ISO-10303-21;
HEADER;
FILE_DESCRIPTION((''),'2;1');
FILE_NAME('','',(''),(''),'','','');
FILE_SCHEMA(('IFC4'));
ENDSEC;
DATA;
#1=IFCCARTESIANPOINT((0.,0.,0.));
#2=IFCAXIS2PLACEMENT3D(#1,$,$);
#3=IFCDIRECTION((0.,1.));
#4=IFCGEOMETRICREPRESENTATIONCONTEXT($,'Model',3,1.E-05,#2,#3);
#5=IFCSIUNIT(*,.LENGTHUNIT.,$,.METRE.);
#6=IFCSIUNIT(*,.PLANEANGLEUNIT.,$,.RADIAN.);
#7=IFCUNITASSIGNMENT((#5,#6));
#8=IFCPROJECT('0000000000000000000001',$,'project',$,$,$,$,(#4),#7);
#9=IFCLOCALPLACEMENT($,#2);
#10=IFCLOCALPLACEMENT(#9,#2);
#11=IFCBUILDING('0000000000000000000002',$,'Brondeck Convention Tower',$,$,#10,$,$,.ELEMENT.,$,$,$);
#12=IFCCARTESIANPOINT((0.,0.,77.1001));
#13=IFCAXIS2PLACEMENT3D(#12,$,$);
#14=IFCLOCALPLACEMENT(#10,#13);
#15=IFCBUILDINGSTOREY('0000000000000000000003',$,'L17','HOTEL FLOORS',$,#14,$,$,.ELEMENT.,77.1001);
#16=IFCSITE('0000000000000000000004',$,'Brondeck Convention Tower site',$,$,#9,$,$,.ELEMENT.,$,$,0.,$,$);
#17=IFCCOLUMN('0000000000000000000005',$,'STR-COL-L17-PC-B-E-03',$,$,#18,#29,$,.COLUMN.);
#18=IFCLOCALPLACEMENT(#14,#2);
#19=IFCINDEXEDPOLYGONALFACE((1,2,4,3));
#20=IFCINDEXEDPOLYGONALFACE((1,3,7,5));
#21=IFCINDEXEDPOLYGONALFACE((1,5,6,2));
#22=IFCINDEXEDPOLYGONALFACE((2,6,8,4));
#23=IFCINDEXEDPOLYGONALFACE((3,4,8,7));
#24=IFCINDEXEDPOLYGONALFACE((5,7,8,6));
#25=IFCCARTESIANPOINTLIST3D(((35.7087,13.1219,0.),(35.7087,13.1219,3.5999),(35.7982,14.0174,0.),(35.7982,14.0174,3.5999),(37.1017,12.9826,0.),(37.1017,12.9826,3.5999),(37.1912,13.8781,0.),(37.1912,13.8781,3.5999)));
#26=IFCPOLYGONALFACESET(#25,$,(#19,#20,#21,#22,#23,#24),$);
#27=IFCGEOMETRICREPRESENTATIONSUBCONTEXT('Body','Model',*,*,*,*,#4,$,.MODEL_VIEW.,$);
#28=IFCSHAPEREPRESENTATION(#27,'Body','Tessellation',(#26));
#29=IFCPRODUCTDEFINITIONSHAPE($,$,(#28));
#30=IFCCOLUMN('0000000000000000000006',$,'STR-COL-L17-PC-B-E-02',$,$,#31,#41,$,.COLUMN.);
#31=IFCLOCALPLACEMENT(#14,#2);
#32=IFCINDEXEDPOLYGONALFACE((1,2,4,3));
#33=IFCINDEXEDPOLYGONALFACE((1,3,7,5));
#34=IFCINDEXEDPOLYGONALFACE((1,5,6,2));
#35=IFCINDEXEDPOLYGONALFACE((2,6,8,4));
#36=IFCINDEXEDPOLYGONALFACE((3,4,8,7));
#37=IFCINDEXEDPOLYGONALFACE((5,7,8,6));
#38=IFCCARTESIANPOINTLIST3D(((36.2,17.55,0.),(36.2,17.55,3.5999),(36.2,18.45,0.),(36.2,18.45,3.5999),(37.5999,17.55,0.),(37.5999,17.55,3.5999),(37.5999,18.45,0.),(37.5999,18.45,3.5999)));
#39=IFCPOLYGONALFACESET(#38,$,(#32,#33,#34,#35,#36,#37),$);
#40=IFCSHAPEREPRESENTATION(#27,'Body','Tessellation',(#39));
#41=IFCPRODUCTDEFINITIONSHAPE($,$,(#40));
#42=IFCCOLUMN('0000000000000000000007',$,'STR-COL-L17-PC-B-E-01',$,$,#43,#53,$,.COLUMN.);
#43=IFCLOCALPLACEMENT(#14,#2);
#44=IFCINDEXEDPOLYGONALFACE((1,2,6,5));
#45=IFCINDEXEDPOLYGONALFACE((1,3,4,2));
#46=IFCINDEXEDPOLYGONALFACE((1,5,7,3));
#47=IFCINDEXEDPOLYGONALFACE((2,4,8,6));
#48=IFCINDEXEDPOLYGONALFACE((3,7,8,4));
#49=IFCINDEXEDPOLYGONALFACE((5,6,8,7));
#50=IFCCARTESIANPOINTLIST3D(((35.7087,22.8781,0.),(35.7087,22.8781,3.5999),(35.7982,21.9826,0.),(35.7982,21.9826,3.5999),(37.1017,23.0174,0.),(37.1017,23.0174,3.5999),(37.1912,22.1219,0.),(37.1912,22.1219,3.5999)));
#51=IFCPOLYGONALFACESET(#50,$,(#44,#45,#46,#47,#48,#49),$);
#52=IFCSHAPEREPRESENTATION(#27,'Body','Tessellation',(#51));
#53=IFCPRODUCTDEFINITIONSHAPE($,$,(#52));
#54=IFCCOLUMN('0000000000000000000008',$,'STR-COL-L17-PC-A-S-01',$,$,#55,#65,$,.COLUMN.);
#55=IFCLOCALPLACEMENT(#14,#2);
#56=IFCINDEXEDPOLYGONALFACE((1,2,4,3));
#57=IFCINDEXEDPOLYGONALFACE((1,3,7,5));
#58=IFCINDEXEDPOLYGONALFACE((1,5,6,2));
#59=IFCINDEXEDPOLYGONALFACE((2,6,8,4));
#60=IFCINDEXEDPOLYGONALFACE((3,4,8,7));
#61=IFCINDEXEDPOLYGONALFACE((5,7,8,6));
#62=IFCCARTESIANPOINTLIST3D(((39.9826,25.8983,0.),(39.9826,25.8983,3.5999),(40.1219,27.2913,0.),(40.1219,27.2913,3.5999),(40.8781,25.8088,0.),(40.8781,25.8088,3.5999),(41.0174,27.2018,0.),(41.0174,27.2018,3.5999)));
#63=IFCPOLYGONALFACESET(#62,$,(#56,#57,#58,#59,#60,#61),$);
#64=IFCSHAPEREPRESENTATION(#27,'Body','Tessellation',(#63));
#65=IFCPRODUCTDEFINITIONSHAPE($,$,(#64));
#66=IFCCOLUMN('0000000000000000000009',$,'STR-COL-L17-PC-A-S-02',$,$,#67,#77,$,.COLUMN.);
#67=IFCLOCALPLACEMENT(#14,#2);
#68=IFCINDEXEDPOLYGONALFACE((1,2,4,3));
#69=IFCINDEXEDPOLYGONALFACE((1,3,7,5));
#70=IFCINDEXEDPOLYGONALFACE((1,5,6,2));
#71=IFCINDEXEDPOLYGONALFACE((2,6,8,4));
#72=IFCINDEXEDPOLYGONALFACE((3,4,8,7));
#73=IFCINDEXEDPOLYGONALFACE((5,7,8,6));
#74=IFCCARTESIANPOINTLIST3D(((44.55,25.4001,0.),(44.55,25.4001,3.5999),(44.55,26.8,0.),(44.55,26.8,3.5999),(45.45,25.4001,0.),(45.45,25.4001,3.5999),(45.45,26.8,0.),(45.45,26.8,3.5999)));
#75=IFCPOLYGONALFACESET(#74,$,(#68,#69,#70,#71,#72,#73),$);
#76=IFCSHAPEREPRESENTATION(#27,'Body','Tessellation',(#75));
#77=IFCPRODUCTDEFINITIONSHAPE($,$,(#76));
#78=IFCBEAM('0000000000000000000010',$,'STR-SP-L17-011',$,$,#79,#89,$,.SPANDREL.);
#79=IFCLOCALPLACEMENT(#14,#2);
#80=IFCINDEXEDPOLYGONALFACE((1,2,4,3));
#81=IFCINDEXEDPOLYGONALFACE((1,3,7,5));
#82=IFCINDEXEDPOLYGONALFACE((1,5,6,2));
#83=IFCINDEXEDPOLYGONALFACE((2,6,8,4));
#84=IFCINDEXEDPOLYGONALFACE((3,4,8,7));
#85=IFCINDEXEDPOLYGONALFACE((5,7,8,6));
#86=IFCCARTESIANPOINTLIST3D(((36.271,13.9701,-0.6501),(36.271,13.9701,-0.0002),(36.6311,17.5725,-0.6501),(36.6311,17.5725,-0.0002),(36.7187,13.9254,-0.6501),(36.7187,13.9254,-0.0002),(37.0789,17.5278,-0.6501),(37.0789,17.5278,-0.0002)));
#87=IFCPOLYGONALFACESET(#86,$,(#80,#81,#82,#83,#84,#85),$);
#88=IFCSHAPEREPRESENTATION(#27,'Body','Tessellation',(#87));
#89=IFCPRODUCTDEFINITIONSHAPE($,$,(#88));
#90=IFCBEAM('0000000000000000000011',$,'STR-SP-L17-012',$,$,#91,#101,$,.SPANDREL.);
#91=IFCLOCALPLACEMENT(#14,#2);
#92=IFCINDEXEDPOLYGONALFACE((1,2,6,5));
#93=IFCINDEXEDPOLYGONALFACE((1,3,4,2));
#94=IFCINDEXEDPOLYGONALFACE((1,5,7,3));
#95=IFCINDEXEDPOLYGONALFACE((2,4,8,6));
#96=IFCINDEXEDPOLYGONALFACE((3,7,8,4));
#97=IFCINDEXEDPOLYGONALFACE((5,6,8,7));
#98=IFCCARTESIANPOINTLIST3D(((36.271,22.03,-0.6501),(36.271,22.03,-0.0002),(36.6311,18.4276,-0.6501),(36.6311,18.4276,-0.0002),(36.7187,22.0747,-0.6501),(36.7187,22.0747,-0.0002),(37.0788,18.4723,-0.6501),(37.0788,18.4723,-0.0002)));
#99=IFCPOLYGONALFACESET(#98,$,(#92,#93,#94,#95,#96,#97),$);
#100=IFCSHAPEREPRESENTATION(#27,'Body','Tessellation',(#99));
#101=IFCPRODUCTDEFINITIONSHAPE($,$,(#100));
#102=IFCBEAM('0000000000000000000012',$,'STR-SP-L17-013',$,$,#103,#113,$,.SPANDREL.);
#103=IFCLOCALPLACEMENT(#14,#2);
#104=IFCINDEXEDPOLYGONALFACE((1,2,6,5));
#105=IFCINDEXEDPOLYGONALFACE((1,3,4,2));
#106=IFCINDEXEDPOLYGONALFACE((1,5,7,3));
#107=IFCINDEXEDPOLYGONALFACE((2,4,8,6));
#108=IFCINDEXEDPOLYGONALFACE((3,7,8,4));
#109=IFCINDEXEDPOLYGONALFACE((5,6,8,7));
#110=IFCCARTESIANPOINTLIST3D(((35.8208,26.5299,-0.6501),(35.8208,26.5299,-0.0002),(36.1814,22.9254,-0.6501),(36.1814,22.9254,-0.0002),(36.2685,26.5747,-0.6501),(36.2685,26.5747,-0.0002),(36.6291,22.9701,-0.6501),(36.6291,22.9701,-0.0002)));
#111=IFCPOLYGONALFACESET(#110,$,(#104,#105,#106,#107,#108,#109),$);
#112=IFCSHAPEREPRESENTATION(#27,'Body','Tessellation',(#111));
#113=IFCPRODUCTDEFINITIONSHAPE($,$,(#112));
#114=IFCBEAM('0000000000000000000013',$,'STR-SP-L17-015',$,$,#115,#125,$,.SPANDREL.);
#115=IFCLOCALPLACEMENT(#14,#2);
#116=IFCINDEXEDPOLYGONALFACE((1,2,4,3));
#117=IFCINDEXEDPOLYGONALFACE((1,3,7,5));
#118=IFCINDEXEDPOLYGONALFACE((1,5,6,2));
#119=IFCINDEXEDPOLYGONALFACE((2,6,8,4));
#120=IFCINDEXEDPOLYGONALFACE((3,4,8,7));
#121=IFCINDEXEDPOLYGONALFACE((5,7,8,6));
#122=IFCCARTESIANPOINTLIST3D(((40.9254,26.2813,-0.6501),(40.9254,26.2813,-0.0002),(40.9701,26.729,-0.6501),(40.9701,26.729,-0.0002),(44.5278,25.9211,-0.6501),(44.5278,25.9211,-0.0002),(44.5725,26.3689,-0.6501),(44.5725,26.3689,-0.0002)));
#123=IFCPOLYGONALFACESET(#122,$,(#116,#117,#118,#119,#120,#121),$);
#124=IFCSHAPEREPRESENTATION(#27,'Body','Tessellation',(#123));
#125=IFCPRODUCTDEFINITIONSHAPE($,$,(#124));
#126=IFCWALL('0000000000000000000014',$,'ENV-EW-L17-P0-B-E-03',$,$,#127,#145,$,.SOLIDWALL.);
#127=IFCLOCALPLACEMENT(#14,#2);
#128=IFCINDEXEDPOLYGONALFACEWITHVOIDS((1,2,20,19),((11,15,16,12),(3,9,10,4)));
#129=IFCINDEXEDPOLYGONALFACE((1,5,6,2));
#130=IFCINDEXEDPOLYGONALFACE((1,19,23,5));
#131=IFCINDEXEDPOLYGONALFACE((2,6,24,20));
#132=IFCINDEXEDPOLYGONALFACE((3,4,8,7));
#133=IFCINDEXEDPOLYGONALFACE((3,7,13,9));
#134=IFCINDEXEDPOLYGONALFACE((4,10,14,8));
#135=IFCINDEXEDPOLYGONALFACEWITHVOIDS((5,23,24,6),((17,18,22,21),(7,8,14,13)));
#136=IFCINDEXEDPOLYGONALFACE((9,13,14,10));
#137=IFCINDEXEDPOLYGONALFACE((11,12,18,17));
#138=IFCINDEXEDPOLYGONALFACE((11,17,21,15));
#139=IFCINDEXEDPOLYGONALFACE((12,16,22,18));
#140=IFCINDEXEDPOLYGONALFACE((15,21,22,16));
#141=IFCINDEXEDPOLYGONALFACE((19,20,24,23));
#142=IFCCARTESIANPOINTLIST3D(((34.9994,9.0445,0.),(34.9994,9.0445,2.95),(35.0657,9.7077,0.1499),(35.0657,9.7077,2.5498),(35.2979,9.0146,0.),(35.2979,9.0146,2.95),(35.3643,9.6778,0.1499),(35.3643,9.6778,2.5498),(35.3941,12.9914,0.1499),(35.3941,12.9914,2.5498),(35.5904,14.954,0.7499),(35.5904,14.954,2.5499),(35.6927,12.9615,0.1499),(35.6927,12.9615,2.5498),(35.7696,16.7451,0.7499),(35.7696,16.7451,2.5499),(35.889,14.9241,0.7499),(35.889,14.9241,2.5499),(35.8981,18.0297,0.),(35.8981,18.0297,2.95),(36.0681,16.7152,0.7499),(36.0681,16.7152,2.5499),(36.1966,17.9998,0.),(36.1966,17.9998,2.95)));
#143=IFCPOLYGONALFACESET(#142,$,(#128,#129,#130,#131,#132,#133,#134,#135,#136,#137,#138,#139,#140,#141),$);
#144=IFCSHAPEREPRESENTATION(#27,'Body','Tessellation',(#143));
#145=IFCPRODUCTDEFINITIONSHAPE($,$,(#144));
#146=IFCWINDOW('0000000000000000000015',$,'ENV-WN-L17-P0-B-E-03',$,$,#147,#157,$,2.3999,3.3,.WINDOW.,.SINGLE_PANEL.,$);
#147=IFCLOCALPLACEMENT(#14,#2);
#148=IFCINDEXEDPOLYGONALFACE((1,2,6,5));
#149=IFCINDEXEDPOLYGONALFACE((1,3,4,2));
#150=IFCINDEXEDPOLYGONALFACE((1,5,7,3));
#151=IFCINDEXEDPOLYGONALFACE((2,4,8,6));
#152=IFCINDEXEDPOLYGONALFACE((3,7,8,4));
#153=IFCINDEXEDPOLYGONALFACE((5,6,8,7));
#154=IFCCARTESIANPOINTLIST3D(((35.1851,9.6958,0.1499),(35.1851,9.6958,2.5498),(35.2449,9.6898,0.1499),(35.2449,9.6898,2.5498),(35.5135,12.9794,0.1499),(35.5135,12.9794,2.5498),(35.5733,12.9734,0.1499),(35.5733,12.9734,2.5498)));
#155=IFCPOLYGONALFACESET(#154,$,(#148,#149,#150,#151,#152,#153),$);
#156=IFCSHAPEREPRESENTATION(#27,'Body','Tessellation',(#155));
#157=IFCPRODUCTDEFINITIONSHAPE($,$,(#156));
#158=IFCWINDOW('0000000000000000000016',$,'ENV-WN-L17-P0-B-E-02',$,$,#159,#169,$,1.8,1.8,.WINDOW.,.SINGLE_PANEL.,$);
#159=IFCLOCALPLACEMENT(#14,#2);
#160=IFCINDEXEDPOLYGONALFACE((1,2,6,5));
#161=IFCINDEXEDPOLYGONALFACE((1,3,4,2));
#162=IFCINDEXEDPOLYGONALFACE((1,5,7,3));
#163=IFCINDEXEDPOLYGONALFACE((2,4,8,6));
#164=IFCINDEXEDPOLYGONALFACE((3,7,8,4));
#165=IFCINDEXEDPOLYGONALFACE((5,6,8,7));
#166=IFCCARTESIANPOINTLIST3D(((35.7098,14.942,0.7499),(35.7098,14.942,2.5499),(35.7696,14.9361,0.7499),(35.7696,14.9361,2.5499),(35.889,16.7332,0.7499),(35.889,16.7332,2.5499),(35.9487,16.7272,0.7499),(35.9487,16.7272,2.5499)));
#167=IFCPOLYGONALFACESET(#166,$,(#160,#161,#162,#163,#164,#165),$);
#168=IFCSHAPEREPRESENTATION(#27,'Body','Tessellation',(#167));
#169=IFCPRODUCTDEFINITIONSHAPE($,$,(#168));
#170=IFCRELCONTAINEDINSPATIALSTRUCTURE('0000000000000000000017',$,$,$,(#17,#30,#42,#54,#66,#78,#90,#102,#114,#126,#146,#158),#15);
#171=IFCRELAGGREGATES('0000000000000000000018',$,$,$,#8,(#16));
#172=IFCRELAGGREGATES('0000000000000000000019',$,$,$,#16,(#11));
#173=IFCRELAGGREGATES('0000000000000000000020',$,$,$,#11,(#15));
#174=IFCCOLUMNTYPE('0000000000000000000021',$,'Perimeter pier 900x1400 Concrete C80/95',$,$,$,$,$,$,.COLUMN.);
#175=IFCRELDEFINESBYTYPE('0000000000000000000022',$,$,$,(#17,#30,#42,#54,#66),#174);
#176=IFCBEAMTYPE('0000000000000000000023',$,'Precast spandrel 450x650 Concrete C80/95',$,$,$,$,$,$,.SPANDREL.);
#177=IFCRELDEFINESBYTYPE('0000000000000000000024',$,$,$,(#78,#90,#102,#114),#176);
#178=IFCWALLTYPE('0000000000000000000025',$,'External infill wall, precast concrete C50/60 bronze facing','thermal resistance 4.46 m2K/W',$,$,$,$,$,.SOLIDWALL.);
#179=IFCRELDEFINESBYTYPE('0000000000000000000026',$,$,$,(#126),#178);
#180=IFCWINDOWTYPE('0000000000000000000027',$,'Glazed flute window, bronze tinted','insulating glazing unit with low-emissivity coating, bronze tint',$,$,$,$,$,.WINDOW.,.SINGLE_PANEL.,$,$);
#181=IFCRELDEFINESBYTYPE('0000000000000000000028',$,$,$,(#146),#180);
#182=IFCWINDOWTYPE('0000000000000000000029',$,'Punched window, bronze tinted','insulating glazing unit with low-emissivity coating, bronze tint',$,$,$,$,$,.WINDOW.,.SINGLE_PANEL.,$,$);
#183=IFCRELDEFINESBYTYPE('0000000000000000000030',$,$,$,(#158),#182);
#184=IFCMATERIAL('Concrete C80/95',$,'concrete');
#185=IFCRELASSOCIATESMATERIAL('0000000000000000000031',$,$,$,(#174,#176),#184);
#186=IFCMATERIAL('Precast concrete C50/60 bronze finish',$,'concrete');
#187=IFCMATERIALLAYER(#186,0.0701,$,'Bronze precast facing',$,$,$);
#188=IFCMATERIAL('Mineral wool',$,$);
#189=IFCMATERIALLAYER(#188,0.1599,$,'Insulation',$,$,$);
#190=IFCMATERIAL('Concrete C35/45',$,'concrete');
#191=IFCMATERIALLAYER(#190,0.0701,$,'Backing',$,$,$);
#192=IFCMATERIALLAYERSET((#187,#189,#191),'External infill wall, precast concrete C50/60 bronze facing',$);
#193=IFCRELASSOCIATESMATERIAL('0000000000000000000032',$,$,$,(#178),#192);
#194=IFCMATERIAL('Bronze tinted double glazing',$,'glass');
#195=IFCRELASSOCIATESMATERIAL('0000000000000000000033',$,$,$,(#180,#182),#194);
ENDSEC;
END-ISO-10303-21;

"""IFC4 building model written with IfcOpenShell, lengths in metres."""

from ifc_helpers import new_model, si_unit, direction, frame, frame_2d, origin, origin_2d, place, context, subcontext, project, spatial, rectangle, extrude, material, layer, layer_set, material_profile, profile_set, type_object, element, fill, save


model = new_model("IFC4")

# Units and contexts
model_context = context("Model", 3, precision=1e-05, world=origin(), true_north=direction((0.0, 1.0)))
body_context = subcontext(model_context, "Body", "Model", "MODEL_VIEW")
ifc_project = project(units=[si_unit("LENGTHUNIT", "METRE"), si_unit("PLANEANGLEUNIT", "RADIAN")], contexts=[model_context])

# Site, building, storey
site_placement = place(None, origin())
site = spatial("IfcSite", under=ifc_project, at=site_placement, Name="Brondeck Convention Tower site", CompositionType="ELEMENT", RefElevation=0.0)
building_placement = place(site_placement, origin())
building = spatial("IfcBuilding", under=site, at=building_placement, Name="Brondeck Convention Tower", CompositionType="ELEMENT")
storey_placement = place(building_placement, frame((0.0, 0.0, 77.1001)))
storey = spatial("IfcBuildingStorey", under=building, at=storey_placement, Name="L17", Description="HOTEL FLOORS", CompositionType="ELEMENT", Elevation=77.1001)

# Columns
ifc_material_1 = material(Name="Concrete C80/95", Category="concrete")
ifc_material_profile_1 = material_profile(ifc_material_1, rectangle(XDim=0.8999, YDim=1.3999, at=origin_2d()), Name="Perimeter pier 900x1400 Concrete C80/95")
ifc_profile_set_1 = profile_set([ifc_material_profile_1], Name="Concrete C80/95")
column_type = type_object("IfcColumnType", Name="Perimeter pier 900x1400 Concrete C80/95", PredefinedType="COLUMN", material=ifc_profile_set_1)
for number, where, z_axis, x_axis, name in (
    (1, (36.45, 13.5, 0.0), (0.0, 0.0, 1.0), (0.099504, 0.995037, 0.0), "STR-COL-L17-PC-B-E-03"),
    (2, (36.8999, 18.0, 0.0), (0.0, 0.0, 1.0), (0.0, 1.0, 0.0), "STR-COL-L17-PC-B-E-02"),
    (3, (36.45, 22.5, 0.0), (0.0, 0.0, 1.0), (-0.099504, 0.995037, 0.0), "STR-COL-L17-PC-B-E-01"),
    (4, (40.5, 26.55, 0.0), (0.0, 0.0, 1.0), (0.995037, -0.099504, 0.0), "STR-COL-L17-PC-A-S-01"),
    (5, (45.0, 26.1001, 0.0), (0.0, 0.0, 1.0), (1.0, 0.0, 0.0), "STR-COL-L17-PC-A-S-02"),
):
    element("IfcColumn", number, at=place(storey_placement, frame(where, z_axis=z_axis, x_axis=x_axis)), inside=storey, type_object=column_type, Name=name, PredefinedType="COLUMN", context=body_context, shape_type="SweptSolid", body=[
        extrude(rectangle(XDim=0.8999, YDim=1.3999, at=origin_2d()), origin(), (0.0, 0.0, 1.0), 3.5999),
    ])

# Beams
ifc_material_profile_2 = material_profile(ifc_material_1, rectangle(XDim=0.45, YDim=0.6499, at=origin_2d()), Name="Precast spandrel 450x650 Concrete C80/95")
ifc_profile_set_2 = profile_set([ifc_material_profile_2], Name="Concrete C80/95")
beam_type = type_object("IfcBeamType", Name="Precast spandrel 450x650 Concrete C80/95", PredefinedType="SPANDREL", material=ifc_profile_set_2)
for number, where, z_axis, x_axis, name in (
    (6, (36.4949, 13.9478, -0.3252), (0.09947, 0.995041, 0.0), (-0.995041, 0.09947, 0.0), "STR-SP-L17-011"),
    (7, (36.855, 18.45, -0.3252), (-0.09947, 0.995041, 0.0), (-0.995041, -0.09947, 0.0), "STR-SP-L17-012"),
):
    element("IfcBeam", number, at=place(storey_placement, frame(where, z_axis=z_axis, x_axis=x_axis)), inside=storey, type_object=beam_type, Name=name, PredefinedType="SPANDREL", context=body_context, shape_type="SweptSolid", body=[
        extrude(rectangle(XDim=0.45, YDim=0.6499, at=origin_2d()), origin(), (0.0, 0.0, 1.0), 3.6204),
    ])
beam_1_placement = place(storey_placement, frame((36.4053, 22.9478, -0.3252), z_axis=(-0.099544, 0.995033, 0.0), x_axis=(-0.995033, -0.099544, 0.0)))
element("IfcBeam", 8, at=beam_1_placement, inside=storey, type_object=beam_type, Name="STR-SP-L17-013", PredefinedType="SPANDREL", context=body_context, shape_type="SweptSolid", body=[
    extrude(rectangle(XDim=0.45, YDim=0.6499, at=origin_2d()), origin(), (0.0, 0.0, 1.0), 3.6226),
])
beam_2_placement = place(storey_placement, frame((40.9478, 26.5051, -0.3252), z_axis=(0.995041, -0.09947, 0.0), x_axis=(0.09947, 0.995041, 0.0)))
element("IfcBeam", 9, at=beam_2_placement, inside=storey, type_object=beam_type, Name="STR-SP-L17-015", PredefinedType="SPANDREL", context=body_context, shape_type="SweptSolid", body=[
    extrude(rectangle(XDim=0.45, YDim=0.6499, at=origin_2d()), origin(), (0.0, 0.0, 1.0), 3.6204),
])

# Wall, openings, windows
ifc_material_2 = material(Name="Precast concrete C50/60 bronze finish", Category="concrete")
ifc_layer_1 = layer(ifc_material_2, 0.0701, Name="Bronze precast facing")
ifc_material_3 = material(Name="Mineral wool")
ifc_layer_2 = layer(ifc_material_3, 0.1599, Name="Insulation")
ifc_material_4 = material(Name="Concrete C35/45", Category="concrete")
ifc_layer_3 = layer(ifc_material_4, 0.0701, Name="Backing")
ifc_layer_set_1 = layer_set([ifc_layer_1, ifc_layer_2, ifc_layer_3], Name="External infill wall, precast concrete C50/60 bronze facing")
wall_type_1 = type_object("IfcWallType", Name="External infill wall, precast concrete C50/60 bronze facing", Description="thermal resistance 4.46 m2K/W", PredefinedType="SOLIDWALL", material=ifc_layer_set_1)
wall_1_placement = place(storey_placement, frame((36.0474, 18.0149, 0.0), z_axis=(0.0, 0.0, 1.0), x_axis=(-0.099522, -0.995035, 0.0)))
wall_1 = element("IfcWall", 10, at=wall_1_placement, inside=storey, type_object=wall_type_1, Name="ENV-EW-L17-P0-B-E-03", PredefinedType="SOLIDWALL", context=body_context, shape_type="SweptSolid", body=[
    extrude(rectangle(XDim=9.03, YDim=0.3, at=frame_2d((4.5151, 0.0))), origin(), (0.0, 0.0, 1.0), 2.95),
])
opening_1_placement = place(wall_1_placement, frame((1.2913, 0.0, 0.75)))
opening_1 = element("IfcOpeningElement", 11, at=opening_1_placement, cuts=wall_1, PredefinedType="OPENING", context=body_context, shape_type="SweptSolid", body=[
    extrude(rectangle(XDim=1.8, YDim=1.8, at=frame_2d((0.8999, 0.8999))), frame((0.0, 0.1599, 0.0), z_axis=(0.0, -1.0, 0.0), x_axis=(1.0, 0.0, 0.0)), (0.0, 0.0, 1.0), 0.3201),
])
opening_2_placement = place(wall_1_placement, frame((5.0637, 0.0, 0.1499)))
opening_2 = element("IfcOpeningElement", 12, at=opening_2_placement, cuts=wall_1, PredefinedType="OPENING", context=body_context, shape_type="SweptSolid", body=[
    extrude(rectangle(XDim=3.3, YDim=2.3999, at=frame_2d((1.6499, 1.2))), frame((0.0, 0.1599, 0.0), z_axis=(0.0, -1.0, 0.0), x_axis=(1.0, 0.0, 0.0)), (0.0, 0.0, 1.0), 0.3201),
])
ifc_material_5 = material(Name="Bronze tinted double glazing", Category="glass")
window_type_1 = type_object("IfcWindowType", Name="Glazed flute window, bronze tinted", Description="insulating glazing unit with low-emissivity coating, bronze tint", PartitioningType="SINGLE_PANEL", PredefinedType="WINDOW", material=ifc_material_5)
window_1_placement = place(opening_2_placement, origin())
window_1 = element("IfcWindow", 13, at=window_1_placement, inside=storey, type_object=window_type_1, Name="ENV-WN-L17-P0-B-E-03", OverallHeight=2.3999, OverallWidth=3.3, PartitioningType="SINGLE_PANEL", PredefinedType="WINDOW", context=body_context, shape_type="SweptSolid", body=[
    extrude(rectangle(XDim=3.3, YDim=2.3999, at=frame_2d((1.6499, 1.2))), frame((0.0, 0.03, 0.0), z_axis=(0.0, -1.0, 0.0), x_axis=(1.0, 0.0, 0.0)), (0.0, 0.0, 1.0), 0.0601),
])
fill(opening_2, window_1)
window_type_2 = type_object("IfcWindowType", Name="Punched window, bronze tinted", Description="insulating glazing unit with low-emissivity coating, bronze tint", PartitioningType="SINGLE_PANEL", PredefinedType="WINDOW", material=ifc_material_5)
window_2_placement = place(opening_1_placement, origin())
window_2 = element("IfcWindow", 14, at=window_2_placement, inside=storey, type_object=window_type_2, Name="ENV-WN-L17-P0-B-E-02", OverallHeight=1.8, OverallWidth=1.8, PartitioningType="SINGLE_PANEL", PredefinedType="WINDOW", context=body_context, shape_type="SweptSolid", body=[
    extrude(rectangle(XDim=1.8, YDim=1.8, at=frame_2d((0.8999, 0.8999))), frame((0.0, 0.03, 0.0), z_axis=(0.0, -1.0, 0.0), x_axis=(1.0, 0.0, 0.0)), (0.0, 0.0, 1.0), 0.0601),
])
fill(opening_1, window_2)

save(model, "model.ifc")
